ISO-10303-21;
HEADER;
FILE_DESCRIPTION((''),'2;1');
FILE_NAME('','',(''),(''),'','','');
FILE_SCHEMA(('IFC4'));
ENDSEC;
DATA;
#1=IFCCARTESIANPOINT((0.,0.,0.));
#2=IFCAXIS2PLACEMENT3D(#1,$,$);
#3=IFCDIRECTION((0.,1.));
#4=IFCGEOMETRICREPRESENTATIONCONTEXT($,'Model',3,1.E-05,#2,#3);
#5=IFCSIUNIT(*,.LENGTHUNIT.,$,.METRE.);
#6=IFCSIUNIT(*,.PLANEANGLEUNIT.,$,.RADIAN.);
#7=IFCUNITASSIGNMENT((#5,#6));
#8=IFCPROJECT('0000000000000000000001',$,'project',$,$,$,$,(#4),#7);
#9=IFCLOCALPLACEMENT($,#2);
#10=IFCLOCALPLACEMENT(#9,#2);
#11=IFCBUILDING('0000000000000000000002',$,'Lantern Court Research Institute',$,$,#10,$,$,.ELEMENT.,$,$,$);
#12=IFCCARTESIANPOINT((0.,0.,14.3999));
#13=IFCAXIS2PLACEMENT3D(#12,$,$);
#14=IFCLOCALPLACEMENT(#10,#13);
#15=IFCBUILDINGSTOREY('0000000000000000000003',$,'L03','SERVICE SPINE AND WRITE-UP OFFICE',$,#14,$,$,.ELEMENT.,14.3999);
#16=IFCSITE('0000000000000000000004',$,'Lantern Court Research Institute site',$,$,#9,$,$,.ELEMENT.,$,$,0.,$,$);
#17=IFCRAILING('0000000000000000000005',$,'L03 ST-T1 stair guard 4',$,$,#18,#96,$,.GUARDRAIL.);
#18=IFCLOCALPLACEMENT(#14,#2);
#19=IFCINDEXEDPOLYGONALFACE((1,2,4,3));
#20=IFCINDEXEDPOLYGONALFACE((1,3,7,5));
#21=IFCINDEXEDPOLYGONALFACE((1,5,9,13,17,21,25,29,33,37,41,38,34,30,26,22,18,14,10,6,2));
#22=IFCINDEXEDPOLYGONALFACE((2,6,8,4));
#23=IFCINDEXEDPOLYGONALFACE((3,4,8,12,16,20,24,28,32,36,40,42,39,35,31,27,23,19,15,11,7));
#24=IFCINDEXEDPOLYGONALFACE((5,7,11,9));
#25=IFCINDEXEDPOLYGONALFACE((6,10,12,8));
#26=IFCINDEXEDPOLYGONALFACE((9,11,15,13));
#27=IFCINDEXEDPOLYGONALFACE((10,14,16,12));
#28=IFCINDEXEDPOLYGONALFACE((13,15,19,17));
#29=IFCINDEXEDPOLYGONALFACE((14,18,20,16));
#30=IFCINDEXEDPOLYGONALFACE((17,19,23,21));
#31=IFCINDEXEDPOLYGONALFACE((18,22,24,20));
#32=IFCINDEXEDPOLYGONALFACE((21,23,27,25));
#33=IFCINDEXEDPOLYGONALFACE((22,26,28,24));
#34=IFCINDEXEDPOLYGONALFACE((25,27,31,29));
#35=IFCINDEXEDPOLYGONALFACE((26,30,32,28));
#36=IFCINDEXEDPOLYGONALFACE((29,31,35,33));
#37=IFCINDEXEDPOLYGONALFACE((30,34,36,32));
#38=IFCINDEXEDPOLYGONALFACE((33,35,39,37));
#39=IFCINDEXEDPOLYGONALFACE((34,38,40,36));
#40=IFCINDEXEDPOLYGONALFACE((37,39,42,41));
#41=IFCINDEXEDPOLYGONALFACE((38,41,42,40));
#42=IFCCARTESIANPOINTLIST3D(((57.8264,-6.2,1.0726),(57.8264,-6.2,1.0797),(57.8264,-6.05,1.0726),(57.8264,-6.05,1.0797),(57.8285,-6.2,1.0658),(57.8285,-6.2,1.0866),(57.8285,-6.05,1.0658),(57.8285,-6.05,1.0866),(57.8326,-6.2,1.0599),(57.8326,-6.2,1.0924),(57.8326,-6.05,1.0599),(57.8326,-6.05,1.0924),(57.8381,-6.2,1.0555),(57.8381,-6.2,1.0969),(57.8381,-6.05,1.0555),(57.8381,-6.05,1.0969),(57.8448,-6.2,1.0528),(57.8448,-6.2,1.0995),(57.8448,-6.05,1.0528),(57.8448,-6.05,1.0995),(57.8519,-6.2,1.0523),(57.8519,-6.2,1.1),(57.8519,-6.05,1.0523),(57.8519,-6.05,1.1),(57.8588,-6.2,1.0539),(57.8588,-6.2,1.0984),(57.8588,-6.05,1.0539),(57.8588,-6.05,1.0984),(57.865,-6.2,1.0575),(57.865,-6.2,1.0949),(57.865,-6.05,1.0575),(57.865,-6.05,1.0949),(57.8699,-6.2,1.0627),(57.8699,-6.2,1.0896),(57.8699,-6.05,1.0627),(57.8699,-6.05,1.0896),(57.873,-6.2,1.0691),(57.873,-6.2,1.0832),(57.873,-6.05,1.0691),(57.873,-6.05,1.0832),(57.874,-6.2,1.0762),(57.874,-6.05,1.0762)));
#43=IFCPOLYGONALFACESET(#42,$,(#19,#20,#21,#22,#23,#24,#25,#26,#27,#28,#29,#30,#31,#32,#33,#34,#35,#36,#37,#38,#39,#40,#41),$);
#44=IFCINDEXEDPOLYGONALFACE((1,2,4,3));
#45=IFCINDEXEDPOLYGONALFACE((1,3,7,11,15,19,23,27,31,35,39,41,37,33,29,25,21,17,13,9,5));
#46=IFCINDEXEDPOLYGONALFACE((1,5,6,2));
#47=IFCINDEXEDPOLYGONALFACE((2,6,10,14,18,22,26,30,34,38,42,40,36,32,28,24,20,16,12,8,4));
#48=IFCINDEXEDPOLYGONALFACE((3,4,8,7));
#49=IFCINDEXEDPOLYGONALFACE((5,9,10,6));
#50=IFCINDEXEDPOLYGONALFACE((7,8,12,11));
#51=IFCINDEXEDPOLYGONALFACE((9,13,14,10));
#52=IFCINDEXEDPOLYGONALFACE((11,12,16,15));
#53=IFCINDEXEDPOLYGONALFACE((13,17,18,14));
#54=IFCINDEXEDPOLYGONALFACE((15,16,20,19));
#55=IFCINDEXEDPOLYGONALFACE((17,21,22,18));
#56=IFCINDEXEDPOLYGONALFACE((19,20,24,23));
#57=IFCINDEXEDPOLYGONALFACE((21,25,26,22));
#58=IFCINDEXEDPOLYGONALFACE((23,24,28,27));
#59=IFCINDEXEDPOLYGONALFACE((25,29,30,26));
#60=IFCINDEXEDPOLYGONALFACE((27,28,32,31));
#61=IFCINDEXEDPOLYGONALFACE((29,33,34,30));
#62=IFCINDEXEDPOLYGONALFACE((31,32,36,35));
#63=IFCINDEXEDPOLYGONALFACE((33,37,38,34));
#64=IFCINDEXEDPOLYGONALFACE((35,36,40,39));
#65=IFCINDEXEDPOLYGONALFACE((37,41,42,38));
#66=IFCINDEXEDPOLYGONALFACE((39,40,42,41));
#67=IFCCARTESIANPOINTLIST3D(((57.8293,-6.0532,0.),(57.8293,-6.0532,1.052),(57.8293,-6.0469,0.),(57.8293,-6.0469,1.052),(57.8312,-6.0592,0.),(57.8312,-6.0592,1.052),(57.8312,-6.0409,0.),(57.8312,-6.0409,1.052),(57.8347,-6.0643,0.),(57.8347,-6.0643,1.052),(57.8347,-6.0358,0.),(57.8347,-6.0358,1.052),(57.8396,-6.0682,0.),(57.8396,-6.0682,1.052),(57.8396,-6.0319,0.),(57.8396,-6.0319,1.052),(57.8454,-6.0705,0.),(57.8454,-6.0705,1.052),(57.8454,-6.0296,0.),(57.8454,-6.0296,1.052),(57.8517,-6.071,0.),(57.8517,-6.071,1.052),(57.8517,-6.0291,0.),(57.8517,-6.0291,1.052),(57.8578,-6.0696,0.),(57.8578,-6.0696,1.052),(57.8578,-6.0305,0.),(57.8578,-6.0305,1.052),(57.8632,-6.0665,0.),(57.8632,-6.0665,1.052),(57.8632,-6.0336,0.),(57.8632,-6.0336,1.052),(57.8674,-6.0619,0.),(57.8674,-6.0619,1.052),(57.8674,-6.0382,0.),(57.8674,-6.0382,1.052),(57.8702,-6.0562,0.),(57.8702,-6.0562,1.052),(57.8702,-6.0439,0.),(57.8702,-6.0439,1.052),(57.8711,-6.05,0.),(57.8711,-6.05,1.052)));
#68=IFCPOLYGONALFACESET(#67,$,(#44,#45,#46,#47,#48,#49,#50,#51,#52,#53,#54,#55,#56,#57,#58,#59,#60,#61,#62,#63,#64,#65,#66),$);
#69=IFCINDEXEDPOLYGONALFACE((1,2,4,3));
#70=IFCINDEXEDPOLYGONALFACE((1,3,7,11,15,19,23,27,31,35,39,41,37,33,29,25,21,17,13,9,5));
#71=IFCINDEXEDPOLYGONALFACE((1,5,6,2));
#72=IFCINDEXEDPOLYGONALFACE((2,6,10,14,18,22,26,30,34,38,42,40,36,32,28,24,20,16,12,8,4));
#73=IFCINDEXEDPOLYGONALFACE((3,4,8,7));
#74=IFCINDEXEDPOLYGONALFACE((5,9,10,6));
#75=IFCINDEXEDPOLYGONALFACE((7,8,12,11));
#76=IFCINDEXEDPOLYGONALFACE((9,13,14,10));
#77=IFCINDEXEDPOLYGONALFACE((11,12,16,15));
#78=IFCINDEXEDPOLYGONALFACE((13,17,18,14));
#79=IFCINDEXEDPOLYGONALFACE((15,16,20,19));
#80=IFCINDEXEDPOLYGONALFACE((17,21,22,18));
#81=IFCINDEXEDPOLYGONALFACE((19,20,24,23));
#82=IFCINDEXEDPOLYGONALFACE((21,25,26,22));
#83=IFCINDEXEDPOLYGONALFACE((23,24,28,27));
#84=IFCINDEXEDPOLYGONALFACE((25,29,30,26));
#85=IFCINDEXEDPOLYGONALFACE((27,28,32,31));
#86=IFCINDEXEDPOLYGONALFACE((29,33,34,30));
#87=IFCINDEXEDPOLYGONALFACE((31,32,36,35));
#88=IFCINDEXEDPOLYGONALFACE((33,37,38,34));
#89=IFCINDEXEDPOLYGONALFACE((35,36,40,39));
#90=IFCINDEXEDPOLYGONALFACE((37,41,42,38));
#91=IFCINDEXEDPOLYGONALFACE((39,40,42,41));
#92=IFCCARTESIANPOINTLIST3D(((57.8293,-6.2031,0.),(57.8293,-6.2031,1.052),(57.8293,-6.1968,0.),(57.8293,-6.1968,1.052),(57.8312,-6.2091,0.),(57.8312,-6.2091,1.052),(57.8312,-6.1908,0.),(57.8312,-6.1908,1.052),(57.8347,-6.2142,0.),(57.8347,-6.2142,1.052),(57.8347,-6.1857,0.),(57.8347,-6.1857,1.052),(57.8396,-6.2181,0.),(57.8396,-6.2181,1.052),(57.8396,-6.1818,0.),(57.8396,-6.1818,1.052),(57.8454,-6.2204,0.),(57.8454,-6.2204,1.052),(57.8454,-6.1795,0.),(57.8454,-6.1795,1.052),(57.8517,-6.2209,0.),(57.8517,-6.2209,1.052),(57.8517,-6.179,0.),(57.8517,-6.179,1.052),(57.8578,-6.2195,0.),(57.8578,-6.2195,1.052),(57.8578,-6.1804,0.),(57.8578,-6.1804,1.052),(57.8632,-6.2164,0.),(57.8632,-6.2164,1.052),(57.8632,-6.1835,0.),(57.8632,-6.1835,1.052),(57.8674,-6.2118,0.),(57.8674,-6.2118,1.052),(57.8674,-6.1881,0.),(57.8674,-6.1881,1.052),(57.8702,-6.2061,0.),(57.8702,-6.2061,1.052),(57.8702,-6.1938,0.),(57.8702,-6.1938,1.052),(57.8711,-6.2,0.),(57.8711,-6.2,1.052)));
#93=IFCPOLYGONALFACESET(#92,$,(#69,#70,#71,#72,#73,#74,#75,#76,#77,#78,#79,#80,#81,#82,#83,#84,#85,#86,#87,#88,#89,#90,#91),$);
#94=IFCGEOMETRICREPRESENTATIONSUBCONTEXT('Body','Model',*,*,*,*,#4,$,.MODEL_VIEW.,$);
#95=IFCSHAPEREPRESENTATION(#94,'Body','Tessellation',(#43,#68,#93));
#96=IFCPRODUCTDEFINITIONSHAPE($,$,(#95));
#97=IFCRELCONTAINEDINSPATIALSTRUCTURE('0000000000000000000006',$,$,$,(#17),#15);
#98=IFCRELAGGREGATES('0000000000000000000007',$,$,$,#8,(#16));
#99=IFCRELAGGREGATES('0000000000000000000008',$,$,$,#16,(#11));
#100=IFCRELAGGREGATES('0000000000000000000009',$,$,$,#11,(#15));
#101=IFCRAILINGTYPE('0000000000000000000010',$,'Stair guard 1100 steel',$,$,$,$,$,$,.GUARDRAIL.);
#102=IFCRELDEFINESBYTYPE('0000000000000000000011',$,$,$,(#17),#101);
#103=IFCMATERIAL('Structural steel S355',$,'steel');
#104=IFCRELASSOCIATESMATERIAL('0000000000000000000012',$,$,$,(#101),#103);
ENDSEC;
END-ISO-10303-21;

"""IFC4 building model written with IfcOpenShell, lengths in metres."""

from ifc_helpers import new_model, si_unit, direction, frame, origin, origin_2d, place, context, subcontext, project, spatial, circle, extrude, material, type_object, element, save


model = new_model("IFC4")

# Units and contexts
model_context = context("Model", 3, precision=1e-05, world=origin(), true_north=direction((0.0, 1.0)))
body_context = subcontext(model_context, "Body", "Model", "MODEL_VIEW")
ifc_project = project(units=[si_unit("LENGTHUNIT", "METRE"), si_unit("PLANEANGLEUNIT", "RADIAN")], contexts=[model_context])

# Site, building, storey
site_placement = place(None, origin())
site = spatial("IfcSite", under=ifc_project, at=site_placement, Name="Lantern Court Research Institute site", CompositionType="ELEMENT", RefElevation=0.0)
building_placement = place(site_placement, origin())
building = spatial("IfcBuilding", under=site, at=building_placement, Name="Lantern Court Research Institute", CompositionType="ELEMENT")
storey_placement = place(building_placement, frame((0.0, 0.0, 14.3999)))
storey = spatial("IfcBuildingStorey", under=building, at=storey_placement, Name="L03", Description="SERVICE SPINE AND WRITE-UP OFFICE", CompositionType="ELEMENT", Elevation=14.3999)

# Railing
ifc_material_1 = material(Name="Structural steel S355", Category="steel")
railing_type_1 = type_object("IfcRailingType", Name="Stair guard 1100 steel", PredefinedType="GUARDRAIL", material=ifc_material_1)
railing_1_placement = place(storey_placement, frame((57.8501, -6.05, 0.0)))
element("IfcRailing", 1, at=railing_1_placement, inside=storey, type_object=railing_type_1, Name="L03 ST-T1 stair guard 4", PredefinedType="GUARDRAIL", context=body_context, shape_type="SweptSolid", body=[
    extrude(circle(Radius=0.0239, at=origin_2d()), frame((0.0, 0.0, 1.0762), z_axis=(0.0, -1.0, 0.0), x_axis=(1.0, 0.0, 0.0)), (0.0, 0.0, 1.0), 0.1499),
    extrude(circle(Radius=0.021, at=origin_2d()), origin(), (0.0, 0.0, 1.0), 1.052),
    extrude(circle(Radius=0.021, at=origin_2d()), frame((0.0, -0.1499, 0.0)), (0.0, 0.0, 1.0), 1.052),
])

save(model, "model.ifc")
